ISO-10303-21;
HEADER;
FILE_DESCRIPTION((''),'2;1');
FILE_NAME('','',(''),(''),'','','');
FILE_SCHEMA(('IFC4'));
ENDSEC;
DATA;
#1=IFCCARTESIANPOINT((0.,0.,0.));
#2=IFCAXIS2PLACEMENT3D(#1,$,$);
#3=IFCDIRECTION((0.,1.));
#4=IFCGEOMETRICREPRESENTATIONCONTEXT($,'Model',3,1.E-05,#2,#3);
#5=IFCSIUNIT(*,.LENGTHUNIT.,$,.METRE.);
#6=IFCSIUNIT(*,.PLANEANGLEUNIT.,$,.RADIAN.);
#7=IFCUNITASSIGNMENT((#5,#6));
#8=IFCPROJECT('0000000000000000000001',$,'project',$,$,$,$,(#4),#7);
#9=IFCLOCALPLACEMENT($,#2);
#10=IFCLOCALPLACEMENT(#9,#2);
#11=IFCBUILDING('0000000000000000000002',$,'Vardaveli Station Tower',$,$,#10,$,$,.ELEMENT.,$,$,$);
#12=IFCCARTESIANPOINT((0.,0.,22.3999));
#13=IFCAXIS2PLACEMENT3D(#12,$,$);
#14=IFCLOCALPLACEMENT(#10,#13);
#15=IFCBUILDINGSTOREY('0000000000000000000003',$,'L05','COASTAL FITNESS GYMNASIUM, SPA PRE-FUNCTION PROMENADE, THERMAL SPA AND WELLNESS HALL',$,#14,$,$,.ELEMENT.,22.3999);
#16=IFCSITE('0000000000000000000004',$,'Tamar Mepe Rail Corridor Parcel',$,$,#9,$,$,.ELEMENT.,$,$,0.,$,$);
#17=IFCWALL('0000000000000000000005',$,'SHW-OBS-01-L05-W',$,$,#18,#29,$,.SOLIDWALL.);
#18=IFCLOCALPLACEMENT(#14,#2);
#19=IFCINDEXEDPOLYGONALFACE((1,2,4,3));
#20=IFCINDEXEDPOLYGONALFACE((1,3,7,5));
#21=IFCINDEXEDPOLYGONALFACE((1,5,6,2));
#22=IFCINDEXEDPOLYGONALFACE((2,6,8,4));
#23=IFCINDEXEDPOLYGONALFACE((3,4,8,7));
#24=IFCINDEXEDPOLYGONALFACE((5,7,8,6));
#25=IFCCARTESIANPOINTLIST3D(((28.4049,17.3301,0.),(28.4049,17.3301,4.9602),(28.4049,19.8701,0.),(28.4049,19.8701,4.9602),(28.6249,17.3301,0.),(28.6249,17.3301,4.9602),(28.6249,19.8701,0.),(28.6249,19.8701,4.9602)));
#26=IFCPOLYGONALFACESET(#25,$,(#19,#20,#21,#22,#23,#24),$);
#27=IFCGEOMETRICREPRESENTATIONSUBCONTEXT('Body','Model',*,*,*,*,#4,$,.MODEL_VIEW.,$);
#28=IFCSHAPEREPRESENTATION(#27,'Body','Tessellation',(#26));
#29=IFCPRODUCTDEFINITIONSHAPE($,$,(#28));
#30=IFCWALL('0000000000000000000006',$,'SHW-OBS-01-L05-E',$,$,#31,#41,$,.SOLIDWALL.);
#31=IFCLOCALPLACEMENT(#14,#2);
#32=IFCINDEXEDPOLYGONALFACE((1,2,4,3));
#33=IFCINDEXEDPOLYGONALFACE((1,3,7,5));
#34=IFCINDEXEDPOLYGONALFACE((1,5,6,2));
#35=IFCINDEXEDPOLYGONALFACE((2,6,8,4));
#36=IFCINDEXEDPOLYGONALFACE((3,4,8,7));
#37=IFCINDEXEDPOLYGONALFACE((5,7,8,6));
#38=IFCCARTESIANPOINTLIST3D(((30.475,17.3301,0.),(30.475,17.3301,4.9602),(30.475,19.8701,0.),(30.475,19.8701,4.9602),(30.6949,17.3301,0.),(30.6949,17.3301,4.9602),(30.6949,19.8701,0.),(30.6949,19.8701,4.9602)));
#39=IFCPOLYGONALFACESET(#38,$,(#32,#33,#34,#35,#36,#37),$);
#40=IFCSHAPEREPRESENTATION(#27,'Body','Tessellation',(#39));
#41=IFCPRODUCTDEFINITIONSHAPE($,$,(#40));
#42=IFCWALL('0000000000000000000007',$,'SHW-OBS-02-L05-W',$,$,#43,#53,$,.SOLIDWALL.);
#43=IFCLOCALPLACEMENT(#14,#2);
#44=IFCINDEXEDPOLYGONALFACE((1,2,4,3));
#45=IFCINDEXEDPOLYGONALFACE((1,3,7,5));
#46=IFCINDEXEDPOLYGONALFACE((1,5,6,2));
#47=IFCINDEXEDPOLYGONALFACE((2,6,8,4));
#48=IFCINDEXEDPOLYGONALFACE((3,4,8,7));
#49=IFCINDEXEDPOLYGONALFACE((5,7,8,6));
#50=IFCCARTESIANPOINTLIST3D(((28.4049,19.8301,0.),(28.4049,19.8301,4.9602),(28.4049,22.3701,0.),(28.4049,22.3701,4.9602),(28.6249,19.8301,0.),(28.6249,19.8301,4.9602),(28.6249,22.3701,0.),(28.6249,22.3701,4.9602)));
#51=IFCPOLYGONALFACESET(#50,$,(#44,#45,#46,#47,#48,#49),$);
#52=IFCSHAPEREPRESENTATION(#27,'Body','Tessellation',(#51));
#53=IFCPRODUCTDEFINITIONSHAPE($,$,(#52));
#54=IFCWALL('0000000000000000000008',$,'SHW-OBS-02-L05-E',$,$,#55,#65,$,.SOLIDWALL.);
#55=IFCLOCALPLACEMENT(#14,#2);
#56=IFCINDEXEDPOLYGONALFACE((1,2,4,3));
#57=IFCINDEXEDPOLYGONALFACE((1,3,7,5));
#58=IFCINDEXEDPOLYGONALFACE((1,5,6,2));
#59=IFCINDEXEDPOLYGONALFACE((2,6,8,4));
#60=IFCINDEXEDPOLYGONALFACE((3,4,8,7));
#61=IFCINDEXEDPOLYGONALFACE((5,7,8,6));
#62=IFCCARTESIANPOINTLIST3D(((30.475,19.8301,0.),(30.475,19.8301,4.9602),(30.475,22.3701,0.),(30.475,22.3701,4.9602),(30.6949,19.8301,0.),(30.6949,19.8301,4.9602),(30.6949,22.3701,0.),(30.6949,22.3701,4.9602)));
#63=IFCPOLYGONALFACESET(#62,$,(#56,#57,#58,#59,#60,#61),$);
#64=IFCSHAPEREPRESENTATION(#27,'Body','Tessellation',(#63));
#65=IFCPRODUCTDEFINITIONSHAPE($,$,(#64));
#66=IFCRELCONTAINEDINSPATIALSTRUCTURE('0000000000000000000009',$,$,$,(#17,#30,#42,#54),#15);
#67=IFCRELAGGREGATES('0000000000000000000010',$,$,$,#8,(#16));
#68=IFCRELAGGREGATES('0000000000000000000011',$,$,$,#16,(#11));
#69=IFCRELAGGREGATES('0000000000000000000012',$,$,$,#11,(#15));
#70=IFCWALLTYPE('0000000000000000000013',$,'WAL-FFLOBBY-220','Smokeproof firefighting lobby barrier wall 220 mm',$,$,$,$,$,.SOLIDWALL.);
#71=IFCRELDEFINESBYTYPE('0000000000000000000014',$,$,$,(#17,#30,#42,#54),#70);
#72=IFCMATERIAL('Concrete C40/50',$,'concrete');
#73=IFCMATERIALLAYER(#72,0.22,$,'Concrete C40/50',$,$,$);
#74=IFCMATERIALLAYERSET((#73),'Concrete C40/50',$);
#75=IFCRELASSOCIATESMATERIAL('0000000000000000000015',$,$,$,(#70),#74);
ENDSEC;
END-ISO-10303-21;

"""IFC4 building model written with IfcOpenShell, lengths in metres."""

from ifc_helpers import new_model, si_unit, direction, frame, frame_2d, origin, place, context, subcontext, project, spatial, rectangle, extrude, source, transform, mapped, material, layer, layer_set, type_object, element, save


model = new_model("IFC4")

# Units and contexts
model_context = context("Model", 3, precision=1e-05, world=origin(), true_north=direction((0.0, 1.0)))
body_context = subcontext(model_context, "Body", "Model", "MODEL_VIEW")
ifc_project = project(units=[si_unit("LENGTHUNIT", "METRE"), si_unit("PLANEANGLEUNIT", "RADIAN")], contexts=[model_context])

# Site, building, storey
site_placement = place(None, origin())
site = spatial("IfcSite", under=ifc_project, at=site_placement, Name="Tamar Mepe Rail Corridor Parcel", CompositionType="ELEMENT", RefElevation=0.0)
building_placement = place(site_placement, origin())
building = spatial("IfcBuilding", under=site, at=building_placement, Name="Vardaveli Station Tower", CompositionType="ELEMENT")
storey_placement = place(building_placement, frame((0.0, 0.0, 22.3999)))
storey = spatial("IfcBuildingStorey", under=building, at=storey_placement, Name="L05", Description="COASTAL FITNESS GYMNASIUM, SPA PRE-FUNCTION PROMENADE, THERMAL SPA AND WELLNESS HALL", CompositionType="ELEMENT", Elevation=22.3999)

# Walls
ifc_material_1 = material(Name="Concrete C40/50", Category="concrete")
ifc_layer_1 = layer(ifc_material_1, 0.22, Name="Concrete C40/50")
ifc_layer_set_1 = layer_set([ifc_layer_1], Name="Concrete C40/50")
wall_type_1 = type_object("IfcWallType", Name="WAL-FFLOBBY-220", Description="Smokeproof firefighting lobby barrier wall 220 mm", PredefinedType="SOLIDWALL", material=ifc_layer_set_1)
shared_shape_1 = source(origin(), body_context, "Body", "SweptSolid", [
    extrude(rectangle(XDim=2.54, YDim=0.22, at=frame_2d((1.27, 0.0))), origin(), (0.0, 0.0, 1.0), 4.9602),
])
for number, where, z_axis, x_axis, name in (
    (1, (28.5149, 17.3301, 0.0), (0.0, 0.0, 1.0), (0.0, 1.0, 0.0), "SHW-OBS-01-L05-W"),
    (2, (30.585, 17.3301, 0.0), (0.0, 0.0, 1.0), (0.0, 1.0, 0.0), "SHW-OBS-01-L05-E"),
    (3, (28.5149, 19.8301, 0.0), (0.0, 0.0, 1.0), (0.0, 1.0, 0.0), "SHW-OBS-02-L05-W"),
    (4, (30.585, 19.8301, 0.0), (0.0, 0.0, 1.0), (0.0, 1.0, 0.0), "SHW-OBS-02-L05-E"),
):
    element("IfcWall", number, at=place(storey_placement, frame(where, z_axis=z_axis, x_axis=x_axis)), inside=storey, type_object=wall_type_1, Name=name, PredefinedType="SOLIDWALL", context=body_context, shape_type="MappedRepresentation", body=[
        mapped(shared_shape_1, transform((0.0, 0.0, 0.0), scale=1.0)),
    ])

save(model, "model.ifc")
